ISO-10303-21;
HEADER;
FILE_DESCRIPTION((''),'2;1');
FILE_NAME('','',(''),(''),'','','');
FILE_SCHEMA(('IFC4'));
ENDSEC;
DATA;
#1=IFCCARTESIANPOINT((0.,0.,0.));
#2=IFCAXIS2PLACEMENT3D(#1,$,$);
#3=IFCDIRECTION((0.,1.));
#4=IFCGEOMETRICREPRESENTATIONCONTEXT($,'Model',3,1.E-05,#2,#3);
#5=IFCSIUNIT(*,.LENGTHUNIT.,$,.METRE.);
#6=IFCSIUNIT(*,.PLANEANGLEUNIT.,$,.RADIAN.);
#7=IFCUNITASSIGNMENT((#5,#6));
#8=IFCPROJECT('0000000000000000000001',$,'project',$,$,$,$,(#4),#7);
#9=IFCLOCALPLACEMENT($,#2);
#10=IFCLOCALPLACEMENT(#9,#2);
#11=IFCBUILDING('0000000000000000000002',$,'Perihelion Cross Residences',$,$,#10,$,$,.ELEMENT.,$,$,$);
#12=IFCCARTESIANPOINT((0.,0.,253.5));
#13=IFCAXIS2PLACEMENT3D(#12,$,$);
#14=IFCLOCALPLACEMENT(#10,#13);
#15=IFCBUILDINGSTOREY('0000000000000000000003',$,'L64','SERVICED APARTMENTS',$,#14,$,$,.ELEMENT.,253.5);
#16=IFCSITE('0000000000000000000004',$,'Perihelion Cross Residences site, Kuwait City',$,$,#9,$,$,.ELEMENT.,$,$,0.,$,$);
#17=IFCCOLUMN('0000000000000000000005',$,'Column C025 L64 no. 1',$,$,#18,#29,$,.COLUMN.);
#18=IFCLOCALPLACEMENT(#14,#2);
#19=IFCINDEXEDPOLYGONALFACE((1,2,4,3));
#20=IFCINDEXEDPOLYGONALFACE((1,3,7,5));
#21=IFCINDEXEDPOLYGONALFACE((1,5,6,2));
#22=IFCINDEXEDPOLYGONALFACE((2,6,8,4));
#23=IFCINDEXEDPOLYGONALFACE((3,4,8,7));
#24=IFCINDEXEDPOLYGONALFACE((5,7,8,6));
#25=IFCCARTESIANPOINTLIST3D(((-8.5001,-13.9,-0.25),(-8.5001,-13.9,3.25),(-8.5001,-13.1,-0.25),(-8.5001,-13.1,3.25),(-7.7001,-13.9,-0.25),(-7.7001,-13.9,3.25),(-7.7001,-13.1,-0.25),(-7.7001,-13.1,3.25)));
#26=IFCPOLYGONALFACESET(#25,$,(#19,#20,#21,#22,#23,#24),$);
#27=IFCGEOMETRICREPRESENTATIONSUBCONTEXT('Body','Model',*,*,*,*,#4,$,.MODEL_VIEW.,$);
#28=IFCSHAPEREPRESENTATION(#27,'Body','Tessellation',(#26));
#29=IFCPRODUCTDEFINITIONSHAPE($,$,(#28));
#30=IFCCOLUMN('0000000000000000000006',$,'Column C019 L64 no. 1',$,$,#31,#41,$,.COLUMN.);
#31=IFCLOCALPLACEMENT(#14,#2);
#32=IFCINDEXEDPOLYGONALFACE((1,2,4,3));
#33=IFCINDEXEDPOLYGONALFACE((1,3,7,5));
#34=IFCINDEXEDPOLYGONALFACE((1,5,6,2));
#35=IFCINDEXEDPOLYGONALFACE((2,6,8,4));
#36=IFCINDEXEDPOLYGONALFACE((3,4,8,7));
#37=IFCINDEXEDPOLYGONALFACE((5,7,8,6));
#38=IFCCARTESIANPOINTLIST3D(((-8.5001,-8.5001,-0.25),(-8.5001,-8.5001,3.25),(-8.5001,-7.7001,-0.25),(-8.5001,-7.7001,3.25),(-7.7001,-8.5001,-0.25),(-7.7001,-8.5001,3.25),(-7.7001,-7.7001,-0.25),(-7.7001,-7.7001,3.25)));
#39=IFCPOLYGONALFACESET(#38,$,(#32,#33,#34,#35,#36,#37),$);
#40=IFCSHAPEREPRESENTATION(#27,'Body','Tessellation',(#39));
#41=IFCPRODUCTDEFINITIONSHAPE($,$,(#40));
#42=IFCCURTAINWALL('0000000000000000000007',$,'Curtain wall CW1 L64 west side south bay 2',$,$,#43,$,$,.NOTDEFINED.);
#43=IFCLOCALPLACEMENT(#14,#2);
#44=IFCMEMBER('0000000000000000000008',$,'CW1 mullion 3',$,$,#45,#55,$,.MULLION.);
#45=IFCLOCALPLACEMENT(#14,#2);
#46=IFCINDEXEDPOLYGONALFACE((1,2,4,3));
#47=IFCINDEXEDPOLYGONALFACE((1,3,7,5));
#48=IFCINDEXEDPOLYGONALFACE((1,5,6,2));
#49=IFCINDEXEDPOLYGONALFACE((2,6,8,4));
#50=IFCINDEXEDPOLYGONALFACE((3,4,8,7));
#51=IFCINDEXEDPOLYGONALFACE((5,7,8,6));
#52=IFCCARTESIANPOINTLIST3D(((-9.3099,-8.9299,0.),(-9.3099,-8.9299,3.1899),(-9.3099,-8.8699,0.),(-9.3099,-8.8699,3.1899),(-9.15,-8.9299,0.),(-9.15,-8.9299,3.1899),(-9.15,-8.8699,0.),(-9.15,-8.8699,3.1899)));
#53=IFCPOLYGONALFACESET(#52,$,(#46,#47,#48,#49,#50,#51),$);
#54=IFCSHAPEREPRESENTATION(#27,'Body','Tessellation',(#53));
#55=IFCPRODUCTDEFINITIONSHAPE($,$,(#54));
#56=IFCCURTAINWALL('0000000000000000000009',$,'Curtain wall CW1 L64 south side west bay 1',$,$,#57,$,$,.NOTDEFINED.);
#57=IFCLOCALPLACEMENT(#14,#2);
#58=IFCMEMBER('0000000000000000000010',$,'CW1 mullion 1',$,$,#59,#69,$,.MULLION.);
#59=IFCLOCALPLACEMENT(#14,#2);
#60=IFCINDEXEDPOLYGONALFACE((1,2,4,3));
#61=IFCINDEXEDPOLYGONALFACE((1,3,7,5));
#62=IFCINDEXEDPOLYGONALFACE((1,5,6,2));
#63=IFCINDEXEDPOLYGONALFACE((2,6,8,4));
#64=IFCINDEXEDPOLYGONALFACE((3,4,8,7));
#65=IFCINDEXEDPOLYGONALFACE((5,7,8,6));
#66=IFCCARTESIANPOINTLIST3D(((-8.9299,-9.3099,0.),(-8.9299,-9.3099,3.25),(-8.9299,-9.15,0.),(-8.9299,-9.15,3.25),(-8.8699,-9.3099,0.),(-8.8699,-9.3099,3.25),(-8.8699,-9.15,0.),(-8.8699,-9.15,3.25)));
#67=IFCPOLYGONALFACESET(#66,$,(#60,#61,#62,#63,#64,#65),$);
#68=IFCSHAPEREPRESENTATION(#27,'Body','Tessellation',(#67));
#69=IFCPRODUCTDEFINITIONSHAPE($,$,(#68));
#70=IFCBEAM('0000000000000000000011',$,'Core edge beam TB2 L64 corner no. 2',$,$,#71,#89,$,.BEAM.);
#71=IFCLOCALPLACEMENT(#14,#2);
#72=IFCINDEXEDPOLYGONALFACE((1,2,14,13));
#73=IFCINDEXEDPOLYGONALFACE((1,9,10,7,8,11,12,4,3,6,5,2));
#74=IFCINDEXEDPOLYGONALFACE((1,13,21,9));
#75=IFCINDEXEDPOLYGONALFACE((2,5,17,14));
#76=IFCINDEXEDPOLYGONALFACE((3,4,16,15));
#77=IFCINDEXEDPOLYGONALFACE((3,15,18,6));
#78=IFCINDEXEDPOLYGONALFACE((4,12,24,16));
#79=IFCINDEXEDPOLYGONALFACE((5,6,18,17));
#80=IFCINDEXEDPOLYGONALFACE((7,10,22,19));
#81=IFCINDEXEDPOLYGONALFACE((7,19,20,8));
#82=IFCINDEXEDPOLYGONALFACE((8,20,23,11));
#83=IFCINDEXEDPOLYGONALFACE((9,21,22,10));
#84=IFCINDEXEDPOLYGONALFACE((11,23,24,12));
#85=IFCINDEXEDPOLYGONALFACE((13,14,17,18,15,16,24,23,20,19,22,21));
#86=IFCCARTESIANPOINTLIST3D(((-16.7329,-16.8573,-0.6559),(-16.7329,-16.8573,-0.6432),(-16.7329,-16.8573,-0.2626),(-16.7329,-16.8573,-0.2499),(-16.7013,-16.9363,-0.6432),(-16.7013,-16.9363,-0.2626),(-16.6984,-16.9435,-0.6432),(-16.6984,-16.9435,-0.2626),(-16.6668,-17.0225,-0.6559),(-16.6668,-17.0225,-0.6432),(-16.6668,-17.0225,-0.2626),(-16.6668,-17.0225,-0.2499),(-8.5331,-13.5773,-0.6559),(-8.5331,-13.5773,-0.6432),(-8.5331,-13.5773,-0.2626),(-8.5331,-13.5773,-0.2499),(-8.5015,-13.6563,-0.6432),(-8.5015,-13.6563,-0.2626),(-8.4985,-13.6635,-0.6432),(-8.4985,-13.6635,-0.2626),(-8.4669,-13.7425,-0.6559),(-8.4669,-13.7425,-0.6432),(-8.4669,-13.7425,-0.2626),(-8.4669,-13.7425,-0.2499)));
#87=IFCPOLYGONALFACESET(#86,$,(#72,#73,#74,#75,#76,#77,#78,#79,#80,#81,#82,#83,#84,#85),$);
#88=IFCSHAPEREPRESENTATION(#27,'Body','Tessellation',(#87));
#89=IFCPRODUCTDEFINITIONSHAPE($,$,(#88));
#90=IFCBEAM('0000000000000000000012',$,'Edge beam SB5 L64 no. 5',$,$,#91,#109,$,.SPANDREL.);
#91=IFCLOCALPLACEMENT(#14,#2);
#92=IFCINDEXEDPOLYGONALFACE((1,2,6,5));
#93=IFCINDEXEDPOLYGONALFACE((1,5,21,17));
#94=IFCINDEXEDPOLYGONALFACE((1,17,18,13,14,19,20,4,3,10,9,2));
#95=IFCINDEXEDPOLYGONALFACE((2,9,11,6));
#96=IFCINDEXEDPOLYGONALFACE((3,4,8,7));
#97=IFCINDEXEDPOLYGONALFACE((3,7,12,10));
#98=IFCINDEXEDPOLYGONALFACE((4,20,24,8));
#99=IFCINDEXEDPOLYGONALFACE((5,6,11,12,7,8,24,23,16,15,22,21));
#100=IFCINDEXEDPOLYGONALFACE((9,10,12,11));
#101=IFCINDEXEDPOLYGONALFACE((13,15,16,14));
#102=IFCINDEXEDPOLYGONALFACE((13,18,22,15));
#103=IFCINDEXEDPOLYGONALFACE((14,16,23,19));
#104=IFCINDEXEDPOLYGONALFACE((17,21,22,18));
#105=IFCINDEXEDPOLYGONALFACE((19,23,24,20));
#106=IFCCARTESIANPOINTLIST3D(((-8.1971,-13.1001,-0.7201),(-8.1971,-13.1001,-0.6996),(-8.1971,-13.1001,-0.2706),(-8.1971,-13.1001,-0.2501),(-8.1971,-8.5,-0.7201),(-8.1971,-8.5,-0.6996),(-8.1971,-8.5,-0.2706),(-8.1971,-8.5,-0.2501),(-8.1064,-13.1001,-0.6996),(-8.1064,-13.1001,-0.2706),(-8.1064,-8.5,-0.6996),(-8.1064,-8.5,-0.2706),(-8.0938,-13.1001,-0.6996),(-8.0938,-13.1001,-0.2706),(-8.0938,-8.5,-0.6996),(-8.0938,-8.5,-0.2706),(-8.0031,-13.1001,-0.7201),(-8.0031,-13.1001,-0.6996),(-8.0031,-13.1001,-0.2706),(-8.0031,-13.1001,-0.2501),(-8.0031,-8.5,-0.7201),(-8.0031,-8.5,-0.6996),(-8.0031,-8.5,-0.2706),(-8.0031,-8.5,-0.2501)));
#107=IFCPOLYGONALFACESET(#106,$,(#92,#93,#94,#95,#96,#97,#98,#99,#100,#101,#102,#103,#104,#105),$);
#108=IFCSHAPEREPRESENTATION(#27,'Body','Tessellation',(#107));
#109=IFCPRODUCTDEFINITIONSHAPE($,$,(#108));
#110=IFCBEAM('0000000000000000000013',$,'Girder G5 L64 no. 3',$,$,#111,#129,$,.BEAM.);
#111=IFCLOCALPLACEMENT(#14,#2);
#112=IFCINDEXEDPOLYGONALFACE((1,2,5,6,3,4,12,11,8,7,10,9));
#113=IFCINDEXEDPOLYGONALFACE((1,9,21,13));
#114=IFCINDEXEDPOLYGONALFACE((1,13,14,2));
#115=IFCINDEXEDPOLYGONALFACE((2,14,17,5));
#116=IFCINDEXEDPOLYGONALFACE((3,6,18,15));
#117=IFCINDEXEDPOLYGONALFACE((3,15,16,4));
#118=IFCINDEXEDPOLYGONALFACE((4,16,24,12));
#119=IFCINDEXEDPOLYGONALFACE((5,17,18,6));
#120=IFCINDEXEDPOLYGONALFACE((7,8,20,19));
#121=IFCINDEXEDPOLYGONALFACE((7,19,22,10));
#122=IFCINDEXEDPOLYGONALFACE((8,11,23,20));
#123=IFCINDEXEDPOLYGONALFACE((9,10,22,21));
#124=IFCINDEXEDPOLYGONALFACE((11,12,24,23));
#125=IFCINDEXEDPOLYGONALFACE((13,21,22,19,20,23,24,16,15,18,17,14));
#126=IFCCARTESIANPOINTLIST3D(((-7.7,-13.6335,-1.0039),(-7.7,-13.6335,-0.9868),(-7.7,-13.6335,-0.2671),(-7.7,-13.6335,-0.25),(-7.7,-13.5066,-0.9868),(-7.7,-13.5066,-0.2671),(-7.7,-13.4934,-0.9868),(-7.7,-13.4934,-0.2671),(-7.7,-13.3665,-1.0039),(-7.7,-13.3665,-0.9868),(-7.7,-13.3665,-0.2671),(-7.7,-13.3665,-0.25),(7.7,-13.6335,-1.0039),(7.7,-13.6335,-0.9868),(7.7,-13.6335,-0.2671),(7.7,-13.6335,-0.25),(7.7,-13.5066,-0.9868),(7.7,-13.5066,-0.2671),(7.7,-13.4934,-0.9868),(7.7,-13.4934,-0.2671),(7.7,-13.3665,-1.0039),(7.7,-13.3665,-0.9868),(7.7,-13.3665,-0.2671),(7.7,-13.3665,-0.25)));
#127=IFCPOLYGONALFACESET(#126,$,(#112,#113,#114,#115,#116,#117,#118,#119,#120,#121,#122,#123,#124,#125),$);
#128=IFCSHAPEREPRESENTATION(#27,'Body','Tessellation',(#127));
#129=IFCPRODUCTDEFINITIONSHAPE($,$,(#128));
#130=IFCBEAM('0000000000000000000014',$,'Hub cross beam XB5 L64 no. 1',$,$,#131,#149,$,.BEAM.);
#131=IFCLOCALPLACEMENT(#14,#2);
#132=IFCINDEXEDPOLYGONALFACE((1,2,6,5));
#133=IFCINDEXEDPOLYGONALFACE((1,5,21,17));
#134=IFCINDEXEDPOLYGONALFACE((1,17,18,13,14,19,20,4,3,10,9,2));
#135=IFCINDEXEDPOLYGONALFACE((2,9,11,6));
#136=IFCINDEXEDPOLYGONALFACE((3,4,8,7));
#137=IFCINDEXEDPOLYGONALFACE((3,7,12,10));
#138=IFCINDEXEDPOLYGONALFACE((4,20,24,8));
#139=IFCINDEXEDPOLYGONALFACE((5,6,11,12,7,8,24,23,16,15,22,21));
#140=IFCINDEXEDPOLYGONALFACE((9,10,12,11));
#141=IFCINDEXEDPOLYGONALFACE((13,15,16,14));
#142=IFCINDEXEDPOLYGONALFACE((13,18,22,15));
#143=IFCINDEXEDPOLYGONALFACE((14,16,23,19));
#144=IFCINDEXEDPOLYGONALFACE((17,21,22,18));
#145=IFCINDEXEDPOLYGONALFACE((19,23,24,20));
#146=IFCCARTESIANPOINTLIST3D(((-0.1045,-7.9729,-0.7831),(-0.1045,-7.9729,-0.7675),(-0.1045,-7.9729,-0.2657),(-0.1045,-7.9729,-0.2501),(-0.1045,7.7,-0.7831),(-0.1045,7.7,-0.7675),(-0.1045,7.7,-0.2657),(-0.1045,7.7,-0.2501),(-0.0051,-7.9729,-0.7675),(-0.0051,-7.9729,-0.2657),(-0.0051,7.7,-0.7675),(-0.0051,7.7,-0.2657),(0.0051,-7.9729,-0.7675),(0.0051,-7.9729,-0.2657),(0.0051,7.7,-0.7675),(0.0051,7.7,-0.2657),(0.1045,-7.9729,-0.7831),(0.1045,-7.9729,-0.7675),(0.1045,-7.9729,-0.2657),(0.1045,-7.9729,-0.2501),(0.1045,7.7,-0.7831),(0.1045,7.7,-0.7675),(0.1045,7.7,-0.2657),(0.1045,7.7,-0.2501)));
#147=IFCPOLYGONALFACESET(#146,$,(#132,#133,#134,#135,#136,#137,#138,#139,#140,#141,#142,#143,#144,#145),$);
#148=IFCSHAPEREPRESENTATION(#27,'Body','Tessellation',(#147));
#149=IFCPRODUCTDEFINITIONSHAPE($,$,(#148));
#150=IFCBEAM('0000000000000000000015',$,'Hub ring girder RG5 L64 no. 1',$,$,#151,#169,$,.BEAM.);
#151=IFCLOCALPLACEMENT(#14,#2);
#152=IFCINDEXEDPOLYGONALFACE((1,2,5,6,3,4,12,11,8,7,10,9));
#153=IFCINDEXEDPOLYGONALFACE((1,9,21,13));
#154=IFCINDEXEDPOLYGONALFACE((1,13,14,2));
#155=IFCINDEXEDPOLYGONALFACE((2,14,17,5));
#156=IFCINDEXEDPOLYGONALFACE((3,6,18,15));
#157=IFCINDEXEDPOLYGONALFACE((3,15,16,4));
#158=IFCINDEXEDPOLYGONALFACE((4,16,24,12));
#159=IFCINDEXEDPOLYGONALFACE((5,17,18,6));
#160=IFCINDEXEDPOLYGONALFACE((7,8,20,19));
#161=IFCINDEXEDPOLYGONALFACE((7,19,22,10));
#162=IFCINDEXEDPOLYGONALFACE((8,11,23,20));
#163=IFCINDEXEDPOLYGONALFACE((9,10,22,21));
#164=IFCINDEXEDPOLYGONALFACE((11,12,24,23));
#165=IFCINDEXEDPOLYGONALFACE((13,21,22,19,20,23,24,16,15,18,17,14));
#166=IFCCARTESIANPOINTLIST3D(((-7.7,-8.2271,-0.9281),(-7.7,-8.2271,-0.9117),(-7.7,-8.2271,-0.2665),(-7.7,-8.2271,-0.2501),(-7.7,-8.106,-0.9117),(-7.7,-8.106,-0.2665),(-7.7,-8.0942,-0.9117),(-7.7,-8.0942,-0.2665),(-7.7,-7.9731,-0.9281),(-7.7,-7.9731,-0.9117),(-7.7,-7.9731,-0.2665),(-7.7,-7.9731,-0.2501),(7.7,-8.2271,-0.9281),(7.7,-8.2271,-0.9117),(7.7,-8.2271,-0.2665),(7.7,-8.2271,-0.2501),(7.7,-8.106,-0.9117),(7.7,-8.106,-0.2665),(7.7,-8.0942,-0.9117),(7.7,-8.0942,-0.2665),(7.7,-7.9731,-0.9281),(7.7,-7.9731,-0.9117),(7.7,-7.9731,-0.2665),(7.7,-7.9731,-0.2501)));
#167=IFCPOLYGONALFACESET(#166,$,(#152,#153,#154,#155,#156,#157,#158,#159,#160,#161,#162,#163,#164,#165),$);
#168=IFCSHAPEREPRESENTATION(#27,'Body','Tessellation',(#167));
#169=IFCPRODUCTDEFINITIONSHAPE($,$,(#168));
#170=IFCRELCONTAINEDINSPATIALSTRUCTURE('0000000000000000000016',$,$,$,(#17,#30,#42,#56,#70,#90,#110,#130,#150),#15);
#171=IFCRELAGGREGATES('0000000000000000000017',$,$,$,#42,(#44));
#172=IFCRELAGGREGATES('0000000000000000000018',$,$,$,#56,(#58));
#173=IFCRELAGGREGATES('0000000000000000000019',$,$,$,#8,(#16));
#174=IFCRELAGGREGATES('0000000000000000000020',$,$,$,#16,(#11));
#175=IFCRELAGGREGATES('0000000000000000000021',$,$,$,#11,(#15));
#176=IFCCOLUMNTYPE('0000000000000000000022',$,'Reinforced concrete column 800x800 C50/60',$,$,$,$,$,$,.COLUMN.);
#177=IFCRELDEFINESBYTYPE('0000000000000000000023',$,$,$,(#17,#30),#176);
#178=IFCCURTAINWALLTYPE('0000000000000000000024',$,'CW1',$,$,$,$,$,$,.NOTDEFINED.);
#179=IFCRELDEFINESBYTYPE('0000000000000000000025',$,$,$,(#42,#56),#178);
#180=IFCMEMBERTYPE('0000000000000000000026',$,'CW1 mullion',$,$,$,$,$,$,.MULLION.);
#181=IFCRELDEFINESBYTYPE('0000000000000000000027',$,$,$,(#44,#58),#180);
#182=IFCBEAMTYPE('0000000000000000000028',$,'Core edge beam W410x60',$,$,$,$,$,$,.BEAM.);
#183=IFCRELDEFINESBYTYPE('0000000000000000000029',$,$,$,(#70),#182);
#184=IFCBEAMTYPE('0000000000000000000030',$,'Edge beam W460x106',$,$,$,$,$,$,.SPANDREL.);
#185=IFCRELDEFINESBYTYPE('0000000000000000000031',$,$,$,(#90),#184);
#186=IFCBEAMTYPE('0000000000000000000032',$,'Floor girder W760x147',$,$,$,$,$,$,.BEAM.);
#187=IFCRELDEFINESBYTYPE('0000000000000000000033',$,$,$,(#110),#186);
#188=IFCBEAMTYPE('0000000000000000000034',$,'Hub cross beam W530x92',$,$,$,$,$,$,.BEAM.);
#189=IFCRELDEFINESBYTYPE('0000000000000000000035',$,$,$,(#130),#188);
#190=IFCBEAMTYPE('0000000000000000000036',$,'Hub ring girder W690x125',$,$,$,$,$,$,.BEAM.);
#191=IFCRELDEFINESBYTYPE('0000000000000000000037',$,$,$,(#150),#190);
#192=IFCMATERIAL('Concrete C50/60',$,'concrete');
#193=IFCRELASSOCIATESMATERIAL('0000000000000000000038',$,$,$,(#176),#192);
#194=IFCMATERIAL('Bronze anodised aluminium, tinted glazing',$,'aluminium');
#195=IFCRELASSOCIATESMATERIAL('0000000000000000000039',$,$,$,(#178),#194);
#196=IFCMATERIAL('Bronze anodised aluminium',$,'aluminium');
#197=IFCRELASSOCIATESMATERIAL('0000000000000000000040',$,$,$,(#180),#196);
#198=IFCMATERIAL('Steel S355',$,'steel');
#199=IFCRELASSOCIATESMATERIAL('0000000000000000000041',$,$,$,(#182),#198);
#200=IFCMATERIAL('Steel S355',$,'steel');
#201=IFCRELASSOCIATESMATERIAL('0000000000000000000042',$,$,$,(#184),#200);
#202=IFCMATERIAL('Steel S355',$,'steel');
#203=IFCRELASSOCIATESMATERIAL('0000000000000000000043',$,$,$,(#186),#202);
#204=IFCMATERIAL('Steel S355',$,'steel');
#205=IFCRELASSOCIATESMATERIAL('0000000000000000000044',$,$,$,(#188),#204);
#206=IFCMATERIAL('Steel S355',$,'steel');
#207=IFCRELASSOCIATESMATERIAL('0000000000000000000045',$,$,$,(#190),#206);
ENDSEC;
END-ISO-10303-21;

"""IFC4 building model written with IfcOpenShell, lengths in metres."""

from ifc_helpers import new_model, si_unit, direction, frame, origin, origin_2d, place, context, subcontext, project, spatial, rectangle, i_section, extrude, material, material_profile, profile_set, type_object, element, aggregate, save


model = new_model("IFC4")

# Units and contexts
model_context = context("Model", 3, precision=1e-05, world=origin(), true_north=direction((0.0, 1.0)))
body_context = subcontext(model_context, "Body", "Model", "MODEL_VIEW")
ifc_project = project(units=[si_unit("LENGTHUNIT", "METRE"), si_unit("PLANEANGLEUNIT", "RADIAN")], contexts=[model_context])

# Site, building, storey
site_placement = place(None, origin())
site = spatial("IfcSite", under=ifc_project, at=site_placement, Name="Perihelion Cross Residences site, Kuwait City", CompositionType="ELEMENT", RefElevation=0.0)
building_placement = place(site_placement, origin())
building = spatial("IfcBuilding", under=site, at=building_placement, Name="Perihelion Cross Residences", CompositionType="ELEMENT")
storey_placement = place(building_placement, frame((0.0, 0.0, 253.5)))
storey = spatial("IfcBuildingStorey", under=building, at=storey_placement, Name="L64", Description="SERVICED APARTMENTS", CompositionType="ELEMENT", Elevation=253.5)

# Columns
ifc_material_1 = material(Name="Concrete C50/60", Category="concrete")
ifc_material_profile_1 = material_profile(ifc_material_1, rectangle(XDim=0.8, YDim=0.8, at=origin_2d()), Name="RC 800x800")
ifc_profile_set_1 = profile_set([ifc_material_profile_1], Name="Concrete C50/60")
column_type = type_object("IfcColumnType", Name="Reinforced concrete column 800x800 C50/60", PredefinedType="COLUMN", material=ifc_profile_set_1)
for number, where, z_axis, x_axis, name in (
    (1, (-8.1001, -13.5, -0.25), (0.0, 0.0, 1.0), (1.0, 0.0, 0.0), "Column C025 L64 no. 1"),
    (2, (-8.1001, -8.1001, -0.25), (0.0, 0.0, 1.0), (1.0, 0.0, 0.0), "Column C019 L64 no. 1"),
):
    element("IfcColumn", number, at=place(storey_placement, frame(where, z_axis=z_axis, x_axis=x_axis)), inside=storey, type_object=column_type, Name=name, PredefinedType="COLUMN", context=body_context, shape_type="SweptSolid", body=[
        extrude(rectangle(XDim=0.8, YDim=0.8, at=origin_2d()), origin(), (0.0, 0.0, 1.0), 3.5),
    ])

# Curtain walls, members
ifc_material_2 = material(Name="Bronze anodised aluminium, tinted glazing", Category="aluminium")
curtain_wall_type = type_object("IfcCurtainWallType", Name="CW1", PredefinedType="NOTDEFINED", material=ifc_material_2)
curtain_wall_1_placement = place(storey_placement, origin())
curtain_wall_1 = element("IfcCurtainWall", 3, at=curtain_wall_1_placement, inside=storey, type_object=curtain_wall_type, Name="Curtain wall CW1 L64 west side south bay 2", PredefinedType="NOTDEFINED")
ifc_material_3 = material(Name="Bronze anodised aluminium", Category="aluminium")
ifc_material_profile_2 = material_profile(ifc_material_3, rectangle(XDim=0.0601, YDim=0.1599, at=origin_2d()), Name="CW1 mullion")
ifc_profile_set_2 = profile_set([ifc_material_profile_2], Name="Bronze anodised aluminium")
member_type = type_object("IfcMemberType", Name="CW1 mullion", PredefinedType="MULLION", material=ifc_profile_set_2)
member_1_placement = place(storey_placement, frame((-9.23, -8.8999, 0.0), z_axis=(0.0, 0.0, 1.0), x_axis=(0.0, 1.0, 0.0)))
member_1 = element("IfcMember", 4, at=member_1_placement, type_object=member_type, Name="CW1 mullion 3", PredefinedType="MULLION", context=body_context, shape_type="SweptSolid", body=[
    extrude(rectangle(XDim=0.0601, YDim=0.1599, at=origin_2d()), origin(), (0.0, 0.0, 1.0), 3.1899),
])
curtain_wall_2_placement = place(storey_placement, origin())
curtain_wall_2 = element("IfcCurtainWall", 5, at=curtain_wall_2_placement, inside=storey, type_object=curtain_wall_type, Name="Curtain wall CW1 L64 south side west bay 1", PredefinedType="NOTDEFINED")
member_2_placement = place(storey_placement, frame((-8.8999, -9.23, 0.0), z_axis=(0.0, 0.0, 1.0), x_axis=(1.0, 0.0, 0.0)))
member_2 = element("IfcMember", 6, at=member_2_placement, type_object=member_type, Name="CW1 mullion 1", PredefinedType="MULLION", context=body_context, shape_type="SweptSolid", body=[
    extrude(rectangle(XDim=0.0601, YDim=0.1599, at=origin_2d()), origin(), (0.0, 0.0, 1.0), 3.25),
])

# Beams
ifc_material_4 = material(Name="Steel S355", Category="steel")
ifc_material_profile_3 = material_profile(ifc_material_4, i_section(OverallWidth=0.178, OverallDepth=0.406, WebThickness=0.0078, FlangeThickness=0.0127, at=origin_2d()), Name="W410x60")
ifc_profile_set_3 = profile_set([ifc_material_profile_3], Name="Steel S355")
beam_type_1 = type_object("IfcBeamType", Name="Core edge beam W410x60", PredefinedType="BEAM", material=ifc_profile_set_3)
beam_1_placement = place(storey_placement, frame((-8.5, -13.6599, -0.4529), z_axis=(-0.928475, -0.371395, 0.0), x_axis=(0.371395, -0.928475, 0.0)))
element("IfcBeam", 7, at=beam_1_placement, inside=storey, type_object=beam_type_1, Name="Core edge beam TB2 L64 corner no. 2", PredefinedType="BEAM", context=body_context, shape_type="SweptSolid", body=[
    extrude(i_section(OverallWidth=0.178, OverallDepth=0.406, WebThickness=0.0078, FlangeThickness=0.0127, at=origin_2d()), origin(), (0.0, 0.0, 1.0), 8.8315),
])
ifc_material_5 = material(Name="Steel S355", Category="steel")
ifc_material_profile_4 = material_profile(ifc_material_5, i_section(OverallWidth=0.1941, OverallDepth=0.47, WebThickness=0.0127, FlangeThickness=0.0205, at=origin_2d()), Name="W460x106")
ifc_profile_set_4 = profile_set([ifc_material_profile_4], Name="Steel S355")
beam_type_2 = type_object("IfcBeamType", Name="Edge beam W460x106", PredefinedType="SPANDREL", material=ifc_profile_set_4)
beam_2_placement = place(storey_placement, frame((-8.1001, -8.5, -0.4851), z_axis=(0.0, -1.0, 0.0), x_axis=(1.0, 0.0, 0.0)))
element("IfcBeam", 8, at=beam_2_placement, inside=storey, type_object=beam_type_2, Name="Edge beam SB5 L64 no. 5", PredefinedType="SPANDREL", context=body_context, shape_type="SweptSolid", body=[
    extrude(i_section(OverallWidth=0.1941, OverallDepth=0.47, WebThickness=0.0127, FlangeThickness=0.0205, at=origin_2d()), origin(), (0.0, 0.0, 1.0), 4.6001),
])
ifc_material_6 = material(Name="Steel S355", Category="steel")
ifc_material_profile_5 = material_profile(ifc_material_6, i_section(OverallWidth=0.2671, OverallDepth=0.7539, WebThickness=0.0132, FlangeThickness=0.0171, at=origin_2d()), Name="W760x147")
ifc_profile_set_5 = profile_set([ifc_material_profile_5], Name="Steel S355")
beam_type_3 = type_object("IfcBeamType", Name="Floor girder W760x147", PredefinedType="BEAM", material=ifc_profile_set_5)
beam_3_placement = place(storey_placement, frame((-7.7, -13.5, -0.627), z_axis=(1.0, 0.0, 0.0), x_axis=(0.0, 1.0, 0.0)))
element("IfcBeam", 9, at=beam_3_placement, inside=storey, type_object=beam_type_3, Name="Girder G5 L64 no. 3", PredefinedType="BEAM", context=body_context, shape_type="SweptSolid", body=[
    extrude(i_section(OverallWidth=0.2671, OverallDepth=0.7539, WebThickness=0.0132, FlangeThickness=0.0171, at=origin_2d()), origin(), (0.0, 0.0, 1.0), 15.3999),
])
ifc_material_7 = material(Name="Steel S355", Category="steel")
ifc_material_profile_6 = material_profile(ifc_material_7, i_section(OverallWidth=0.209, OverallDepth=0.533, WebThickness=0.0103, FlangeThickness=0.0156, at=origin_2d()), Name="W530x92")
ifc_profile_set_6 = profile_set([ifc_material_profile_6], Name="Steel S355")
beam_type_4 = type_object("IfcBeamType", Name="Hub cross beam W530x92", PredefinedType="BEAM", material=ifc_profile_set_6)
beam_4_placement = place(storey_placement, frame((0.0, -7.9729, -0.5166), z_axis=(0.0, 1.0, 0.0), x_axis=(-1.0, 0.0, 0.0)))
element("IfcBeam", 10, at=beam_4_placement, inside=storey, type_object=beam_type_4, Name="Hub cross beam XB5 L64 no. 1", PredefinedType="BEAM", context=body_context, shape_type="SweptSolid", body=[
    extrude(i_section(OverallWidth=0.209, OverallDepth=0.533, WebThickness=0.0103, FlangeThickness=0.0156, at=origin_2d()), origin(), (0.0, 0.0, 1.0), 15.6729),
])
ifc_material_8 = material(Name="Steel S355", Category="steel")
ifc_material_profile_7 = material_profile(ifc_material_8, i_section(OverallWidth=0.2539, OverallDepth=0.678, WebThickness=0.0117, FlangeThickness=0.0164, at=origin_2d()), Name="W690x125")
ifc_profile_set_7 = profile_set([ifc_material_profile_7], Name="Steel S355")
beam_type_5 = type_object("IfcBeamType", Name="Hub ring girder W690x125", PredefinedType="BEAM", material=ifc_profile_set_7)
beam_5_placement = place(storey_placement, frame((-7.7, -8.1001, -0.5891), z_axis=(1.0, 0.0, 0.0), x_axis=(0.0, 1.0, 0.0)))
element("IfcBeam", 11, at=beam_5_placement, inside=storey, type_object=beam_type_5, Name="Hub ring girder RG5 L64 no. 1", PredefinedType="BEAM", context=body_context, shape_type="SweptSolid", body=[
    extrude(i_section(OverallWidth=0.2539, OverallDepth=0.678, WebThickness=0.0117, FlangeThickness=0.0164, at=origin_2d()), origin(), (0.0, 0.0, 1.0), 15.3999),
])

aggregate(curtain_wall_1, [member_1])
aggregate(curtain_wall_2, [member_2])

save(model, "model.ifc")
